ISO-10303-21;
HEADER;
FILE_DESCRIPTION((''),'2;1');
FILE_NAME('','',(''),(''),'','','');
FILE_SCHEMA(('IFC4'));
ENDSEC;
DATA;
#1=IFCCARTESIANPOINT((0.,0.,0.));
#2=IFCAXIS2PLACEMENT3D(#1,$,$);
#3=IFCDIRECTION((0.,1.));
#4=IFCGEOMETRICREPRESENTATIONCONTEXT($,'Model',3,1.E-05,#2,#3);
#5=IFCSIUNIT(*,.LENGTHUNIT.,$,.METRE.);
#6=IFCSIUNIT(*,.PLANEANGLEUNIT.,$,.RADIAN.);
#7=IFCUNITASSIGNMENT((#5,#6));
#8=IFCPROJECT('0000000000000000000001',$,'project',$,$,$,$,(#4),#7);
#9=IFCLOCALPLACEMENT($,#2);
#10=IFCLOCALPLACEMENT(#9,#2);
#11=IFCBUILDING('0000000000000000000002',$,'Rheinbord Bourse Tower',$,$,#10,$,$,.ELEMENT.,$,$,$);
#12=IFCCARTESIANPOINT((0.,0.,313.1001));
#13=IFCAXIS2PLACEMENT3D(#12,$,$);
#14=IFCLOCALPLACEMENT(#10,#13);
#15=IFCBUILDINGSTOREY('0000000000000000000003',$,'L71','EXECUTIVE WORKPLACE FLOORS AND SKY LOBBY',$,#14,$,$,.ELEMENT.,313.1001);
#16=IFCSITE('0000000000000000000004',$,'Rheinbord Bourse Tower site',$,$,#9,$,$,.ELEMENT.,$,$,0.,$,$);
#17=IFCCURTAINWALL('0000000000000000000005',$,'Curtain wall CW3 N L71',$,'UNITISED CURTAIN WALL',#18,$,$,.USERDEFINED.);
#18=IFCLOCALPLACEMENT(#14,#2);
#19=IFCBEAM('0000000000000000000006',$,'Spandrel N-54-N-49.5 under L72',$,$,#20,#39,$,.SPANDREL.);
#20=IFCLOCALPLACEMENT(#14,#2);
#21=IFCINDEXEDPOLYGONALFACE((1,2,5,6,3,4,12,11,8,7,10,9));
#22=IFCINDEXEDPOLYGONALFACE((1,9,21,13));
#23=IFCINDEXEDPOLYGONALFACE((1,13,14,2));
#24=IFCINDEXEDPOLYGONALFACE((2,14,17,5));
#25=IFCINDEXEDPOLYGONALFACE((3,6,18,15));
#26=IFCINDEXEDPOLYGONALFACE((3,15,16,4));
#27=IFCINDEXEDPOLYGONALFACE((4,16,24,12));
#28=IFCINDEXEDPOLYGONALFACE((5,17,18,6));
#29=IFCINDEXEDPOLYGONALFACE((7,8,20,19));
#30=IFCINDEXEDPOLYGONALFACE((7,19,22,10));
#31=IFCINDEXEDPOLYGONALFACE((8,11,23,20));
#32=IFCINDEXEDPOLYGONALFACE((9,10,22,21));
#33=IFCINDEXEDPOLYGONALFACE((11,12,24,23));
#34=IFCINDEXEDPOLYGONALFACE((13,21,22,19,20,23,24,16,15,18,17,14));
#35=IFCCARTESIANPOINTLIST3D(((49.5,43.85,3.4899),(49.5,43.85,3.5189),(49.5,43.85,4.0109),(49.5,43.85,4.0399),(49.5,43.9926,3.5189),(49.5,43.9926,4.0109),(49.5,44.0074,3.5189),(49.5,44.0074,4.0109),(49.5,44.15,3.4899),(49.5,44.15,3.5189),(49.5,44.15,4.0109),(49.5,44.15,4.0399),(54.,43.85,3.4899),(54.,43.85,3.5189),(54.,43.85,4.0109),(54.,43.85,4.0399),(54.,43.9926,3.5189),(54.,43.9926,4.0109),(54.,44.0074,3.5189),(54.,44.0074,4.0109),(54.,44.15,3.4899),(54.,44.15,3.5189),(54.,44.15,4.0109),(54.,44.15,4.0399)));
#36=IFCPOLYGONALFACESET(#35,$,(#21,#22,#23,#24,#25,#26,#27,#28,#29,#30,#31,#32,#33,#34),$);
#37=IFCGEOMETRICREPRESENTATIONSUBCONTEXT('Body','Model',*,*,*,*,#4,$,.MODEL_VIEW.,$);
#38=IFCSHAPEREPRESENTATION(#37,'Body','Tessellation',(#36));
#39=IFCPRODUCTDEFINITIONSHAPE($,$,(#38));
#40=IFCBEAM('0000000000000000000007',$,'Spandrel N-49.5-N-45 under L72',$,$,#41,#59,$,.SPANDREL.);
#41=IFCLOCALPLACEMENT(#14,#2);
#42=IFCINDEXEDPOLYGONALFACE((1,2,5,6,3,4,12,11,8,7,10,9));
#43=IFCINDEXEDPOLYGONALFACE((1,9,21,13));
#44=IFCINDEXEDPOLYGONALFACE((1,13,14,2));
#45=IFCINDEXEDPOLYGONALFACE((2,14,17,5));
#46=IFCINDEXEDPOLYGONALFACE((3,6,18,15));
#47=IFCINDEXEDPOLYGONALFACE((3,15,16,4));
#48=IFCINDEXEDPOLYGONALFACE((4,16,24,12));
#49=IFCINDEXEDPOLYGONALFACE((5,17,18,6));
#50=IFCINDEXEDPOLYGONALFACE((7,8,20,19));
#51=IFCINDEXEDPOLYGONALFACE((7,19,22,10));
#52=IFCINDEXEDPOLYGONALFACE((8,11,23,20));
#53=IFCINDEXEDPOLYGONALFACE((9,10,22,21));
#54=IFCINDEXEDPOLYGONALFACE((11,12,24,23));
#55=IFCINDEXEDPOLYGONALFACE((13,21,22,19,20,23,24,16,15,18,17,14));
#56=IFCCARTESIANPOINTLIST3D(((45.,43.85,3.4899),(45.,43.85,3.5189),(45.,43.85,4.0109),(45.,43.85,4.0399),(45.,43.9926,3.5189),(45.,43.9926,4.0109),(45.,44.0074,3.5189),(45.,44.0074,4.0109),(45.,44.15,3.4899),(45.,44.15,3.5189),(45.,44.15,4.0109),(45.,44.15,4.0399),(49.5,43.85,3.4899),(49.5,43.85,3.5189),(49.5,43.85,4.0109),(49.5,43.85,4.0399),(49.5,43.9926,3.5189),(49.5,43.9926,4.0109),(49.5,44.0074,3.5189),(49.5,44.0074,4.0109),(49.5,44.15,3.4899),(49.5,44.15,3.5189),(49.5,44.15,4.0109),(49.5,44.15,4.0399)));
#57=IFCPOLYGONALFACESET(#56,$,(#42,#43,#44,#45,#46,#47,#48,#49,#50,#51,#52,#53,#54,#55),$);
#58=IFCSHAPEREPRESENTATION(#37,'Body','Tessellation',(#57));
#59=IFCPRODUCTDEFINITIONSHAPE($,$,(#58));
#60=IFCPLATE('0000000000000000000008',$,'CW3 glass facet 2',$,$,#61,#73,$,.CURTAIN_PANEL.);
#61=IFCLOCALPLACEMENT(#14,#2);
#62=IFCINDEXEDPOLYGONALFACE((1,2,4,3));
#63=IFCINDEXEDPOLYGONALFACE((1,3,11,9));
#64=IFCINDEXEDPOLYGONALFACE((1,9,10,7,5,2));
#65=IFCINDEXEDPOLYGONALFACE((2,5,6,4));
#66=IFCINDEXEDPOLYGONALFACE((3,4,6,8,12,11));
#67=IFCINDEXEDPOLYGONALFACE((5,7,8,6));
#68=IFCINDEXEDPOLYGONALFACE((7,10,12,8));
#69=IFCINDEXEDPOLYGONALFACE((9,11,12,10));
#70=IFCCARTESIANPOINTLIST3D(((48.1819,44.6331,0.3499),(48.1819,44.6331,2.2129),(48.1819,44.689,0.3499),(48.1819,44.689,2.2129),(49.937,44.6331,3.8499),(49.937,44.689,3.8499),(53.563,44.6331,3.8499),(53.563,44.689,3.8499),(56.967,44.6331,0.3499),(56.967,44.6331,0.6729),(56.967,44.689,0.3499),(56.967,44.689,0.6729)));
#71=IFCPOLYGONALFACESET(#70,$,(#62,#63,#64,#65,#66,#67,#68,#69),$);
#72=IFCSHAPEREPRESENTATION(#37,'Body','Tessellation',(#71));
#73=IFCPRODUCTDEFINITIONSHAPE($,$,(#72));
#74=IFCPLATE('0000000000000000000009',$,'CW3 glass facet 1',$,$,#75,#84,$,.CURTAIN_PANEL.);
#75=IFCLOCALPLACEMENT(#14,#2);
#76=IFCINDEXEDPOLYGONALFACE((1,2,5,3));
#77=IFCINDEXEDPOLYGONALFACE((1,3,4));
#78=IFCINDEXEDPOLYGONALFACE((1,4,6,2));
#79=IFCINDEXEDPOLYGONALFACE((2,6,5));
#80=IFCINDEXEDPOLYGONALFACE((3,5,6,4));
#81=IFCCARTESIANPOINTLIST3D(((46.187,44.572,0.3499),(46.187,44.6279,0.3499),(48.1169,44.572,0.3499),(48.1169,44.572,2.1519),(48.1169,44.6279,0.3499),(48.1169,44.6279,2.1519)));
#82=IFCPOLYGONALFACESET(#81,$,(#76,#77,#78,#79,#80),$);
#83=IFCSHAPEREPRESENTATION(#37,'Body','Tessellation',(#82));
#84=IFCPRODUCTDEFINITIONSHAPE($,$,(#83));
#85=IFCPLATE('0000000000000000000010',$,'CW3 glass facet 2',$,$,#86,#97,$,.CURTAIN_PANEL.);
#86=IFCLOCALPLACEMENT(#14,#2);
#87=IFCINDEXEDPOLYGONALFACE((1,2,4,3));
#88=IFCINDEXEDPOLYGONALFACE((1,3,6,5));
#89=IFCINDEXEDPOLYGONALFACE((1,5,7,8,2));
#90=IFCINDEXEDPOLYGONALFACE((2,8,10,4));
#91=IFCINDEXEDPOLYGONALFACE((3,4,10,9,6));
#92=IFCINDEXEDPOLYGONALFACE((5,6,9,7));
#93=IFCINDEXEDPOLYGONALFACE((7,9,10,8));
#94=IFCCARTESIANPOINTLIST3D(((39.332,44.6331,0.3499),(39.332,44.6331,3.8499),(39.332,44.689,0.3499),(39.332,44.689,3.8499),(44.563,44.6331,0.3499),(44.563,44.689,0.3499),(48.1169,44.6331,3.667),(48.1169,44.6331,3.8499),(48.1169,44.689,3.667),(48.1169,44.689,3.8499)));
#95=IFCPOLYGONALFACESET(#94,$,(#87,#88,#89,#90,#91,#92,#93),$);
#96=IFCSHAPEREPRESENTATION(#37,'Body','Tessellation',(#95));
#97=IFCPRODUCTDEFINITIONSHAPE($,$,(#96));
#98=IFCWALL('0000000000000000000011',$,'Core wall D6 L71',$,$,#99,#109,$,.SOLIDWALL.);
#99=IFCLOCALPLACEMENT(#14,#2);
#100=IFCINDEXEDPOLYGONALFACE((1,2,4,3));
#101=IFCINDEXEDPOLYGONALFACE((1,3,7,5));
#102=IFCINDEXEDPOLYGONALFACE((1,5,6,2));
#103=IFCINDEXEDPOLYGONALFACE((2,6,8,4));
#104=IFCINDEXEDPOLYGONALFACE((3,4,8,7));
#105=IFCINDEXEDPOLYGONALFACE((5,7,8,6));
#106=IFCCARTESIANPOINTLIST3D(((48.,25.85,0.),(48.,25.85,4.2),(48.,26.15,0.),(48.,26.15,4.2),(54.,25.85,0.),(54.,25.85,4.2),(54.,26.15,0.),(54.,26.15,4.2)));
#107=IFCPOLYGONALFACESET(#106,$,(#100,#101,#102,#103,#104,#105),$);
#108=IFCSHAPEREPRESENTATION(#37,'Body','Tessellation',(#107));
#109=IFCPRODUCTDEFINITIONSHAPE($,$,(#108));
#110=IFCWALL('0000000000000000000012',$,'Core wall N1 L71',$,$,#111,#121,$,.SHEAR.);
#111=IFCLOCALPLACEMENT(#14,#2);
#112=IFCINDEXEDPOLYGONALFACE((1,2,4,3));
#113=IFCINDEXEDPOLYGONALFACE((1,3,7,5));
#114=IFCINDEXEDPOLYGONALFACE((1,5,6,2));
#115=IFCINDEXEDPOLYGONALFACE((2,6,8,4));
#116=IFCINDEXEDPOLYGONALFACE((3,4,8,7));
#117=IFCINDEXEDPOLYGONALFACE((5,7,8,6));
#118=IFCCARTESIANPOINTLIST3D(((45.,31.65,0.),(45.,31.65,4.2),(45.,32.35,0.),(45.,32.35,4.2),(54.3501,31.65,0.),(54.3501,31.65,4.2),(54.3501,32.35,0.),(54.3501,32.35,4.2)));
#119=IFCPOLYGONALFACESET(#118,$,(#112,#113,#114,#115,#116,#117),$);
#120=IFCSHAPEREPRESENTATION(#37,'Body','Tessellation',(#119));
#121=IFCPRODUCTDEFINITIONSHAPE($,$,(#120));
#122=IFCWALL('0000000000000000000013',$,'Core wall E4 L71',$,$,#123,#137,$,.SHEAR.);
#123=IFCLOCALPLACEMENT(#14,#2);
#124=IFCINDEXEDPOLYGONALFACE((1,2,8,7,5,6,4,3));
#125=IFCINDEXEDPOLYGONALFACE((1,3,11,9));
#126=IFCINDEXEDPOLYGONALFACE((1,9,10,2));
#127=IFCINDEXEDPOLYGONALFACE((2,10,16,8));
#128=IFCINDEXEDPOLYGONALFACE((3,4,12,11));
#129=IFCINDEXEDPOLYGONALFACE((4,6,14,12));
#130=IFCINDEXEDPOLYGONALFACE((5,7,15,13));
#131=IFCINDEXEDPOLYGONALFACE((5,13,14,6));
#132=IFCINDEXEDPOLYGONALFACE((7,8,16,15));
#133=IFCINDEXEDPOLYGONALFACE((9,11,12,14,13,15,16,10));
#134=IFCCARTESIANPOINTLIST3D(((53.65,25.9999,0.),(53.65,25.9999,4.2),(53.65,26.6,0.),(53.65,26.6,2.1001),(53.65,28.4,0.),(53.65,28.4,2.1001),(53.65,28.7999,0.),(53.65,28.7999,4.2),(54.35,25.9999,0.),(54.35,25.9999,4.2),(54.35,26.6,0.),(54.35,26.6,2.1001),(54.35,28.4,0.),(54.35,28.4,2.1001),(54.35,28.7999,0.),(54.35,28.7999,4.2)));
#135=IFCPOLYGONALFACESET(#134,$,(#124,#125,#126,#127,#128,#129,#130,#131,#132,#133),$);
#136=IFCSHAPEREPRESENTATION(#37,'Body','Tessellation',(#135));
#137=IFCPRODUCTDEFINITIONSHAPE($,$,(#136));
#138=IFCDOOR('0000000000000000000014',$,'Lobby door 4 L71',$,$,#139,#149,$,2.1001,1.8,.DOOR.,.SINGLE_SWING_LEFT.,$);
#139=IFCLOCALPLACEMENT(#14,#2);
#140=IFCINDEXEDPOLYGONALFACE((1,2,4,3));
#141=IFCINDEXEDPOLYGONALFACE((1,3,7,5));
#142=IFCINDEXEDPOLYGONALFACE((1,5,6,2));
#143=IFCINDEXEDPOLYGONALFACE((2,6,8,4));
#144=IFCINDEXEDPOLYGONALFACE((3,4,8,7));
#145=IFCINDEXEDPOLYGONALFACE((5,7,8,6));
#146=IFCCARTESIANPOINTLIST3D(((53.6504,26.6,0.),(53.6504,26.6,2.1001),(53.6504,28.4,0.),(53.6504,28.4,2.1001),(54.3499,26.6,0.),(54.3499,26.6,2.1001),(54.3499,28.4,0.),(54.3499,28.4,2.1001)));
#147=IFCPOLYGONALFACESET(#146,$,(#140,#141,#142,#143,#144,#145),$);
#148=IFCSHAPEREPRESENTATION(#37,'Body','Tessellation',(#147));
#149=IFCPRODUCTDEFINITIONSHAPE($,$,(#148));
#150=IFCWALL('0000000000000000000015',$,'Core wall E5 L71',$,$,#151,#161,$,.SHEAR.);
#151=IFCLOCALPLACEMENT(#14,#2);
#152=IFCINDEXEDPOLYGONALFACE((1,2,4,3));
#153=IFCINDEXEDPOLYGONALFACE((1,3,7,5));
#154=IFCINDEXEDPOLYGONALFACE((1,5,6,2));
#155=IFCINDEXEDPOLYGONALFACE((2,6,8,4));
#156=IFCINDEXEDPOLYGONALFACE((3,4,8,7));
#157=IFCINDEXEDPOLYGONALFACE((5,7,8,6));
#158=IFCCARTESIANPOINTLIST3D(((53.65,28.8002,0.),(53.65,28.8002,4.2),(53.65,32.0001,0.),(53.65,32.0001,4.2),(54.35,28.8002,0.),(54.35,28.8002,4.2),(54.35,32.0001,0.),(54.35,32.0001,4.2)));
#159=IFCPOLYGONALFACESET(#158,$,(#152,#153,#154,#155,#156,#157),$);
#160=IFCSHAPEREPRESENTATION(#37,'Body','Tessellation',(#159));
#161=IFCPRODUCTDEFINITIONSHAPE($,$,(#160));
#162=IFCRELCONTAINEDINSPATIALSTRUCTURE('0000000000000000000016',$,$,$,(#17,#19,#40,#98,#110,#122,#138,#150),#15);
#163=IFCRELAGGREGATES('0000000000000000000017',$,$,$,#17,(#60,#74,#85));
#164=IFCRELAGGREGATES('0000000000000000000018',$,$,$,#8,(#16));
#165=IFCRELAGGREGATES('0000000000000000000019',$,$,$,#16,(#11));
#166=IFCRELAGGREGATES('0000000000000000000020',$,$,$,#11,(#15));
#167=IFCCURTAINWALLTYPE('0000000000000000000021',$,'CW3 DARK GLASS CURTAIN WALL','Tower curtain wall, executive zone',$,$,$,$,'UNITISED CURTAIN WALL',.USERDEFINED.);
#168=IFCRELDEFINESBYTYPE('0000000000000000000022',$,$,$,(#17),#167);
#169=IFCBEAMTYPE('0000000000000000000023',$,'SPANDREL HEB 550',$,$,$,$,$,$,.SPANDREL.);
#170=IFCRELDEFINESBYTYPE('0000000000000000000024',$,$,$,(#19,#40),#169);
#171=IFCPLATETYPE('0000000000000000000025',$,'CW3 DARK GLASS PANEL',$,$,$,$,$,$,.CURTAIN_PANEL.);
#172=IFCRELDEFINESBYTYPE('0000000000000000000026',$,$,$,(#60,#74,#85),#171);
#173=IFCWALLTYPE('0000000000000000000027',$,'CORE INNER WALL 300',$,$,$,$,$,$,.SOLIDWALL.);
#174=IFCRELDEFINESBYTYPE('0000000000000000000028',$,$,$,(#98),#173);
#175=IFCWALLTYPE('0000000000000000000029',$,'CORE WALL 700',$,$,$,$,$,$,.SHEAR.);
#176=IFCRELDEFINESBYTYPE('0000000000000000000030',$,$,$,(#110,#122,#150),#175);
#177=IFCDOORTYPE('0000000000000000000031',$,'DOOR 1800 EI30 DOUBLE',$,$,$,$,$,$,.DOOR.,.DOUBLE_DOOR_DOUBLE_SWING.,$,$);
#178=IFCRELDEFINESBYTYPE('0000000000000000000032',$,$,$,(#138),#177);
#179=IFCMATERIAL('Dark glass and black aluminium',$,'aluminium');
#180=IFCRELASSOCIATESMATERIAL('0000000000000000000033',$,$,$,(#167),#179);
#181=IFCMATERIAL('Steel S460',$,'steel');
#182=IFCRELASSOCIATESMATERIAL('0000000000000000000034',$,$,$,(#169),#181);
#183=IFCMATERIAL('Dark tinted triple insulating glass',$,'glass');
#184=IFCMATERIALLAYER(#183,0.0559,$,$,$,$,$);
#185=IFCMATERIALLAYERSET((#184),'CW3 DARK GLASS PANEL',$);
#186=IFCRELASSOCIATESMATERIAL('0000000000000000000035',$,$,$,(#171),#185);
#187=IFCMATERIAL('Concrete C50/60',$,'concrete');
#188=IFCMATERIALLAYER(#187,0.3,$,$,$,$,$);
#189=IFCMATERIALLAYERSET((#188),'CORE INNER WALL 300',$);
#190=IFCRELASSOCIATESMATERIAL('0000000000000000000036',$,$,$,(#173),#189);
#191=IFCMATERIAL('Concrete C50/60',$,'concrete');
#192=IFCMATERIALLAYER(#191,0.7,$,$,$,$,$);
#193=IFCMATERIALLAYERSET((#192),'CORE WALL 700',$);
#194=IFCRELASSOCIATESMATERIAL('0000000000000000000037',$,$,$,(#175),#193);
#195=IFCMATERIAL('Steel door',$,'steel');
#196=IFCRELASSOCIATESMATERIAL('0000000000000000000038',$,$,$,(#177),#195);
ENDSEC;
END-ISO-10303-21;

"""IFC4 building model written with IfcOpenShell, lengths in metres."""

from ifc_helpers import new_model, si_unit, direction, frame, frame_2d, origin, origin_2d, place, context, subcontext, project, spatial, polyline, rectangle, i_section, outline, extrude, material, layer, layer_set, material_profile, profile_set, type_object, element, fill, aggregate, save


model = new_model("IFC4")

# Units and contexts
model_context = context("Model", 3, precision=1e-05, world=origin(), true_north=direction((0.0, 1.0)))
body_context = subcontext(model_context, "Body", "Model", "MODEL_VIEW")
ifc_project = project(units=[si_unit("LENGTHUNIT", "METRE"), si_unit("PLANEANGLEUNIT", "RADIAN")], contexts=[model_context])

# Site, building, storey
site_placement = place(None, origin())
site = spatial("IfcSite", under=ifc_project, at=site_placement, Name="Rheinbord Bourse Tower site", CompositionType="ELEMENT", RefElevation=0.0)
building_placement = place(site_placement, origin())
building = spatial("IfcBuilding", under=site, at=building_placement, Name="Rheinbord Bourse Tower", CompositionType="ELEMENT")
storey_placement = place(building_placement, frame((0.0, 0.0, 313.1001)))
storey = spatial("IfcBuildingStorey", under=building, at=storey_placement, Name="L71", Description="EXECUTIVE WORKPLACE FLOORS AND SKY LOBBY", CompositionType="ELEMENT", Elevation=313.1001)

# Curtain wall
ifc_material_1 = material(Name="Dark glass and black aluminium", Category="aluminium")
curtain_wall_type = type_object("IfcCurtainWallType", Name="CW3 DARK GLASS CURTAIN WALL", Description="Tower curtain wall, executive zone", ElementType="UNITISED CURTAIN WALL", PredefinedType="USERDEFINED", material=ifc_material_1)
curtain_wall_placement = place(storey_placement, origin())
curtain_wall = element("IfcCurtainWall", 1, at=curtain_wall_placement, inside=storey, type_object=curtain_wall_type, Name="Curtain wall CW3 N L71", ObjectType="UNITISED CURTAIN WALL", PredefinedType="USERDEFINED")

# Beams
ifc_material_2 = material(Name="Steel S460", Category="steel")
ifc_material_profile_1 = material_profile(ifc_material_2, i_section(OverallWidth=0.3, OverallDepth=0.55, WebThickness=0.0149, FlangeThickness=0.0291, at=origin_2d()), Name="HEB 550")
ifc_profile_set_1 = profile_set([ifc_material_profile_1], Name="Steel S460")
beam_type_1 = type_object("IfcBeamType", Name="SPANDREL HEB 550", PredefinedType="SPANDREL", material=ifc_profile_set_1)
for number, where, z_axis, x_axis, name in (
    (2, (54.0, 44.0, 3.7649), (-1.0, 0.0, 0.0), (0.0, -1.0, 0.0), "Spandrel N-54-N-49.5 under L72"),
    (3, (49.5, 44.0, 3.7649), (-1.0, 0.0, 0.0), (0.0, -1.0, 0.0), "Spandrel N-49.5-N-45 under L72"),
):
    element("IfcBeam", number, at=place(storey_placement, frame(where, z_axis=z_axis, x_axis=x_axis)), inside=storey, type_object=beam_type_1, Name=name, PredefinedType="SPANDREL", context=body_context, shape_type="SweptSolid", body=[
        extrude(i_section(OverallWidth=0.3, OverallDepth=0.55, WebThickness=0.0149, FlangeThickness=0.0291, at=origin_2d()), origin(), (0.0, 0.0, 1.0), 4.5),
    ])

# Plates
ifc_material_3 = material(Name="Dark tinted triple insulating glass", Category="glass")
ifc_layer_1 = layer(ifc_material_3, 0.0559)
ifc_layer_set_1 = layer_set([ifc_layer_1], Name="CW3 DARK GLASS PANEL")
plate_type = type_object("IfcPlateType", Name="CW3 DARK GLASS PANEL", PredefinedType="CURTAIN_PANEL", material=ifc_layer_set_1)
plate_1_placement = place(storey_placement, frame((48.1819, 44.689, 0.3499), z_axis=(0.0, -1.0, 0.0), x_axis=(1.0, 0.0, 0.0)))
plate_1 = element("IfcPlate", 4, at=plate_1_placement, type_object=plate_type, Name="CW3 glass facet 2", PredefinedType="CURTAIN_PANEL", context=body_context, shape_type="SweptSolid", body=[
    extrude(outline(polyline([(0.0, 0.0), (8.7852, 0.0), (8.7852, 0.323), (5.3811, 3.5), (1.7551, 3.5), (0.0, 1.863), (0.0, 0.0)])), origin(), (0.0, 0.0, 1.0), 0.0559),
])
plate_2_placement = place(storey_placement, frame((48.1169, 44.6279, 0.3499), z_axis=(0.0, -1.0, 0.0), x_axis=(0.0, 0.0, 1.0)))
plate_2 = element("IfcPlate", 5, at=plate_2_placement, type_object=plate_type, Name="CW3 glass facet 1", PredefinedType="CURTAIN_PANEL", context=body_context, shape_type="SweptSolid", body=[
    extrude(outline(polyline([(0.0, 0.0), (1.802, 0.0), (0.0, 1.9299), (0.0, 0.0)])), origin(), (0.0, 0.0, 1.0), 0.0559),
])
plate_3_placement = place(storey_placement, frame((48.1169, 44.689, 3.8499), z_axis=(0.0, -1.0, 0.0), x_axis=(-1.0, 0.0, 0.0)))
plate_3 = element("IfcPlate", 6, at=plate_3_placement, type_object=plate_type, Name="CW3 glass facet 2", PredefinedType="CURTAIN_PANEL", context=body_context, shape_type="SweptSolid", body=[
    extrude(outline(polyline([(0.0, 0.0), (8.7849, 0.0), (8.7849, 3.5), (3.554, 3.5), (0.0, 0.1829), (0.0, 0.0)])), origin(), (0.0, 0.0, 1.0), 0.0559),
])
aggregate(curtain_wall, [plate_1, plate_2, plate_3])

# Walls
ifc_material_4 = material(Name="Concrete C50/60", Category="concrete")
ifc_layer_2 = layer(ifc_material_4, 0.3)
ifc_layer_set_2 = layer_set([ifc_layer_2], Name="CORE INNER WALL 300")
wall_type_1 = type_object("IfcWallType", Name="CORE INNER WALL 300", PredefinedType="SOLIDWALL", material=ifc_layer_set_2)
wall_1_placement = place(storey_placement, frame((48.0, 26.0, 0.0), z_axis=(0.0, 0.0, 1.0), x_axis=(1.0, 0.0, 0.0)))
element("IfcWall", 7, at=wall_1_placement, inside=storey, type_object=wall_type_1, Name="Core wall D6 L71", PredefinedType="SOLIDWALL", context=body_context, shape_type="SweptSolid", body=[
    extrude(rectangle(XDim=6.0, YDim=0.3, at=frame_2d((3.0, 0.0))), origin(), (0.0, 0.0, 1.0), 4.2),
])
ifc_material_5 = material(Name="Concrete C50/60", Category="concrete")
ifc_layer_3 = layer(ifc_material_5, 0.7)
ifc_layer_set_3 = layer_set([ifc_layer_3], Name="CORE WALL 700")
wall_type_2 = type_object("IfcWallType", Name="CORE WALL 700", PredefinedType="SHEAR", material=ifc_layer_set_3)
wall_2_placement = place(storey_placement, frame((54.3501, 32.0, 0.0), z_axis=(0.0, 0.0, 1.0), x_axis=(-1.0, 0.0, 0.0)))
element("IfcWall", 8, at=wall_2_placement, inside=storey, type_object=wall_type_2, Name="Core wall N1 L71", PredefinedType="SHEAR", context=body_context, shape_type="SweptSolid", body=[
    extrude(rectangle(XDim=9.3501, YDim=0.7, at=frame_2d((4.675, 0.0))), origin(), (0.0, 0.0, 1.0), 4.2),
])

# Wall, opening, door
wall_3_placement = place(storey_placement, frame((54.0, 26.0, 0.0), z_axis=(0.0, 0.0, 1.0), x_axis=(0.0, 1.0, 0.0)))
wall_3 = element("IfcWall", 9, at=wall_3_placement, inside=storey, type_object=wall_type_2, Name="Core wall E4 L71", PredefinedType="SHEAR", context=body_context, shape_type="SweptSolid", body=[
    extrude(rectangle(XDim=2.8, YDim=0.7, at=frame_2d((1.3999, 0.0))), origin(), (0.0, 0.0, 1.0), 4.2),
])
opening_1_placement = place(wall_3_placement, frame((0.6001, 0.0, 0.0)))
opening_1 = element("IfcOpeningElement", 10, at=opening_1_placement, cuts=wall_3, PredefinedType="OPENING", context=body_context, shape_type="SweptSolid", body=[
    extrude(rectangle(XDim=1.8, YDim=2.1001, at=frame_2d((0.8999, 1.05))), frame((0.0, 0.3599, 0.0), z_axis=(0.0, -1.0, 0.0), x_axis=(1.0, 0.0, 0.0)), (0.0, 0.0, 1.0), 0.72),
])
ifc_material_6 = material(Name="Steel door", Category="steel")
door_type_1 = type_object("IfcDoorType", Name="DOOR 1800 EI30 DOUBLE", OperationType="DOUBLE_DOOR_DOUBLE_SWING", PredefinedType="DOOR", material=ifc_material_6)
door_1_placement = place(opening_1_placement, origin())
door_1 = element("IfcDoor", 11, at=door_1_placement, inside=storey, type_object=door_type_1, Name="Lobby door 4 L71", OperationType="SINGLE_SWING_LEFT", OverallHeight=2.1001, OverallWidth=1.8, PredefinedType="DOOR", context=body_context, shape_type="SweptSolid", body=[
    extrude(rectangle(XDim=1.8, YDim=2.1001, at=frame_2d((0.8999, 1.05))), frame((0.0, 0.3496, 0.0), z_axis=(0.0, -1.0, 0.0), x_axis=(1.0, 0.0, 0.0)), (0.0, 0.0, 1.0), 0.6995),
])
fill(opening_1, door_1)

# Wall
wall_4_placement = place(storey_placement, frame((54.0, 28.8, 0.0), z_axis=(0.0, 0.0, 1.0), x_axis=(0.0, 1.0, 0.0)))
element("IfcWall", 12, at=wall_4_placement, inside=storey, type_object=wall_type_2, Name="Core wall E5 L71", PredefinedType="SHEAR", context=body_context, shape_type="SweptSolid", body=[
    extrude(rectangle(XDim=3.2, YDim=0.7, at=frame_2d((1.6001, 0.0))), origin(), (0.0, 0.0, 1.0), 4.2),
])

save(model, "model.ifc")
